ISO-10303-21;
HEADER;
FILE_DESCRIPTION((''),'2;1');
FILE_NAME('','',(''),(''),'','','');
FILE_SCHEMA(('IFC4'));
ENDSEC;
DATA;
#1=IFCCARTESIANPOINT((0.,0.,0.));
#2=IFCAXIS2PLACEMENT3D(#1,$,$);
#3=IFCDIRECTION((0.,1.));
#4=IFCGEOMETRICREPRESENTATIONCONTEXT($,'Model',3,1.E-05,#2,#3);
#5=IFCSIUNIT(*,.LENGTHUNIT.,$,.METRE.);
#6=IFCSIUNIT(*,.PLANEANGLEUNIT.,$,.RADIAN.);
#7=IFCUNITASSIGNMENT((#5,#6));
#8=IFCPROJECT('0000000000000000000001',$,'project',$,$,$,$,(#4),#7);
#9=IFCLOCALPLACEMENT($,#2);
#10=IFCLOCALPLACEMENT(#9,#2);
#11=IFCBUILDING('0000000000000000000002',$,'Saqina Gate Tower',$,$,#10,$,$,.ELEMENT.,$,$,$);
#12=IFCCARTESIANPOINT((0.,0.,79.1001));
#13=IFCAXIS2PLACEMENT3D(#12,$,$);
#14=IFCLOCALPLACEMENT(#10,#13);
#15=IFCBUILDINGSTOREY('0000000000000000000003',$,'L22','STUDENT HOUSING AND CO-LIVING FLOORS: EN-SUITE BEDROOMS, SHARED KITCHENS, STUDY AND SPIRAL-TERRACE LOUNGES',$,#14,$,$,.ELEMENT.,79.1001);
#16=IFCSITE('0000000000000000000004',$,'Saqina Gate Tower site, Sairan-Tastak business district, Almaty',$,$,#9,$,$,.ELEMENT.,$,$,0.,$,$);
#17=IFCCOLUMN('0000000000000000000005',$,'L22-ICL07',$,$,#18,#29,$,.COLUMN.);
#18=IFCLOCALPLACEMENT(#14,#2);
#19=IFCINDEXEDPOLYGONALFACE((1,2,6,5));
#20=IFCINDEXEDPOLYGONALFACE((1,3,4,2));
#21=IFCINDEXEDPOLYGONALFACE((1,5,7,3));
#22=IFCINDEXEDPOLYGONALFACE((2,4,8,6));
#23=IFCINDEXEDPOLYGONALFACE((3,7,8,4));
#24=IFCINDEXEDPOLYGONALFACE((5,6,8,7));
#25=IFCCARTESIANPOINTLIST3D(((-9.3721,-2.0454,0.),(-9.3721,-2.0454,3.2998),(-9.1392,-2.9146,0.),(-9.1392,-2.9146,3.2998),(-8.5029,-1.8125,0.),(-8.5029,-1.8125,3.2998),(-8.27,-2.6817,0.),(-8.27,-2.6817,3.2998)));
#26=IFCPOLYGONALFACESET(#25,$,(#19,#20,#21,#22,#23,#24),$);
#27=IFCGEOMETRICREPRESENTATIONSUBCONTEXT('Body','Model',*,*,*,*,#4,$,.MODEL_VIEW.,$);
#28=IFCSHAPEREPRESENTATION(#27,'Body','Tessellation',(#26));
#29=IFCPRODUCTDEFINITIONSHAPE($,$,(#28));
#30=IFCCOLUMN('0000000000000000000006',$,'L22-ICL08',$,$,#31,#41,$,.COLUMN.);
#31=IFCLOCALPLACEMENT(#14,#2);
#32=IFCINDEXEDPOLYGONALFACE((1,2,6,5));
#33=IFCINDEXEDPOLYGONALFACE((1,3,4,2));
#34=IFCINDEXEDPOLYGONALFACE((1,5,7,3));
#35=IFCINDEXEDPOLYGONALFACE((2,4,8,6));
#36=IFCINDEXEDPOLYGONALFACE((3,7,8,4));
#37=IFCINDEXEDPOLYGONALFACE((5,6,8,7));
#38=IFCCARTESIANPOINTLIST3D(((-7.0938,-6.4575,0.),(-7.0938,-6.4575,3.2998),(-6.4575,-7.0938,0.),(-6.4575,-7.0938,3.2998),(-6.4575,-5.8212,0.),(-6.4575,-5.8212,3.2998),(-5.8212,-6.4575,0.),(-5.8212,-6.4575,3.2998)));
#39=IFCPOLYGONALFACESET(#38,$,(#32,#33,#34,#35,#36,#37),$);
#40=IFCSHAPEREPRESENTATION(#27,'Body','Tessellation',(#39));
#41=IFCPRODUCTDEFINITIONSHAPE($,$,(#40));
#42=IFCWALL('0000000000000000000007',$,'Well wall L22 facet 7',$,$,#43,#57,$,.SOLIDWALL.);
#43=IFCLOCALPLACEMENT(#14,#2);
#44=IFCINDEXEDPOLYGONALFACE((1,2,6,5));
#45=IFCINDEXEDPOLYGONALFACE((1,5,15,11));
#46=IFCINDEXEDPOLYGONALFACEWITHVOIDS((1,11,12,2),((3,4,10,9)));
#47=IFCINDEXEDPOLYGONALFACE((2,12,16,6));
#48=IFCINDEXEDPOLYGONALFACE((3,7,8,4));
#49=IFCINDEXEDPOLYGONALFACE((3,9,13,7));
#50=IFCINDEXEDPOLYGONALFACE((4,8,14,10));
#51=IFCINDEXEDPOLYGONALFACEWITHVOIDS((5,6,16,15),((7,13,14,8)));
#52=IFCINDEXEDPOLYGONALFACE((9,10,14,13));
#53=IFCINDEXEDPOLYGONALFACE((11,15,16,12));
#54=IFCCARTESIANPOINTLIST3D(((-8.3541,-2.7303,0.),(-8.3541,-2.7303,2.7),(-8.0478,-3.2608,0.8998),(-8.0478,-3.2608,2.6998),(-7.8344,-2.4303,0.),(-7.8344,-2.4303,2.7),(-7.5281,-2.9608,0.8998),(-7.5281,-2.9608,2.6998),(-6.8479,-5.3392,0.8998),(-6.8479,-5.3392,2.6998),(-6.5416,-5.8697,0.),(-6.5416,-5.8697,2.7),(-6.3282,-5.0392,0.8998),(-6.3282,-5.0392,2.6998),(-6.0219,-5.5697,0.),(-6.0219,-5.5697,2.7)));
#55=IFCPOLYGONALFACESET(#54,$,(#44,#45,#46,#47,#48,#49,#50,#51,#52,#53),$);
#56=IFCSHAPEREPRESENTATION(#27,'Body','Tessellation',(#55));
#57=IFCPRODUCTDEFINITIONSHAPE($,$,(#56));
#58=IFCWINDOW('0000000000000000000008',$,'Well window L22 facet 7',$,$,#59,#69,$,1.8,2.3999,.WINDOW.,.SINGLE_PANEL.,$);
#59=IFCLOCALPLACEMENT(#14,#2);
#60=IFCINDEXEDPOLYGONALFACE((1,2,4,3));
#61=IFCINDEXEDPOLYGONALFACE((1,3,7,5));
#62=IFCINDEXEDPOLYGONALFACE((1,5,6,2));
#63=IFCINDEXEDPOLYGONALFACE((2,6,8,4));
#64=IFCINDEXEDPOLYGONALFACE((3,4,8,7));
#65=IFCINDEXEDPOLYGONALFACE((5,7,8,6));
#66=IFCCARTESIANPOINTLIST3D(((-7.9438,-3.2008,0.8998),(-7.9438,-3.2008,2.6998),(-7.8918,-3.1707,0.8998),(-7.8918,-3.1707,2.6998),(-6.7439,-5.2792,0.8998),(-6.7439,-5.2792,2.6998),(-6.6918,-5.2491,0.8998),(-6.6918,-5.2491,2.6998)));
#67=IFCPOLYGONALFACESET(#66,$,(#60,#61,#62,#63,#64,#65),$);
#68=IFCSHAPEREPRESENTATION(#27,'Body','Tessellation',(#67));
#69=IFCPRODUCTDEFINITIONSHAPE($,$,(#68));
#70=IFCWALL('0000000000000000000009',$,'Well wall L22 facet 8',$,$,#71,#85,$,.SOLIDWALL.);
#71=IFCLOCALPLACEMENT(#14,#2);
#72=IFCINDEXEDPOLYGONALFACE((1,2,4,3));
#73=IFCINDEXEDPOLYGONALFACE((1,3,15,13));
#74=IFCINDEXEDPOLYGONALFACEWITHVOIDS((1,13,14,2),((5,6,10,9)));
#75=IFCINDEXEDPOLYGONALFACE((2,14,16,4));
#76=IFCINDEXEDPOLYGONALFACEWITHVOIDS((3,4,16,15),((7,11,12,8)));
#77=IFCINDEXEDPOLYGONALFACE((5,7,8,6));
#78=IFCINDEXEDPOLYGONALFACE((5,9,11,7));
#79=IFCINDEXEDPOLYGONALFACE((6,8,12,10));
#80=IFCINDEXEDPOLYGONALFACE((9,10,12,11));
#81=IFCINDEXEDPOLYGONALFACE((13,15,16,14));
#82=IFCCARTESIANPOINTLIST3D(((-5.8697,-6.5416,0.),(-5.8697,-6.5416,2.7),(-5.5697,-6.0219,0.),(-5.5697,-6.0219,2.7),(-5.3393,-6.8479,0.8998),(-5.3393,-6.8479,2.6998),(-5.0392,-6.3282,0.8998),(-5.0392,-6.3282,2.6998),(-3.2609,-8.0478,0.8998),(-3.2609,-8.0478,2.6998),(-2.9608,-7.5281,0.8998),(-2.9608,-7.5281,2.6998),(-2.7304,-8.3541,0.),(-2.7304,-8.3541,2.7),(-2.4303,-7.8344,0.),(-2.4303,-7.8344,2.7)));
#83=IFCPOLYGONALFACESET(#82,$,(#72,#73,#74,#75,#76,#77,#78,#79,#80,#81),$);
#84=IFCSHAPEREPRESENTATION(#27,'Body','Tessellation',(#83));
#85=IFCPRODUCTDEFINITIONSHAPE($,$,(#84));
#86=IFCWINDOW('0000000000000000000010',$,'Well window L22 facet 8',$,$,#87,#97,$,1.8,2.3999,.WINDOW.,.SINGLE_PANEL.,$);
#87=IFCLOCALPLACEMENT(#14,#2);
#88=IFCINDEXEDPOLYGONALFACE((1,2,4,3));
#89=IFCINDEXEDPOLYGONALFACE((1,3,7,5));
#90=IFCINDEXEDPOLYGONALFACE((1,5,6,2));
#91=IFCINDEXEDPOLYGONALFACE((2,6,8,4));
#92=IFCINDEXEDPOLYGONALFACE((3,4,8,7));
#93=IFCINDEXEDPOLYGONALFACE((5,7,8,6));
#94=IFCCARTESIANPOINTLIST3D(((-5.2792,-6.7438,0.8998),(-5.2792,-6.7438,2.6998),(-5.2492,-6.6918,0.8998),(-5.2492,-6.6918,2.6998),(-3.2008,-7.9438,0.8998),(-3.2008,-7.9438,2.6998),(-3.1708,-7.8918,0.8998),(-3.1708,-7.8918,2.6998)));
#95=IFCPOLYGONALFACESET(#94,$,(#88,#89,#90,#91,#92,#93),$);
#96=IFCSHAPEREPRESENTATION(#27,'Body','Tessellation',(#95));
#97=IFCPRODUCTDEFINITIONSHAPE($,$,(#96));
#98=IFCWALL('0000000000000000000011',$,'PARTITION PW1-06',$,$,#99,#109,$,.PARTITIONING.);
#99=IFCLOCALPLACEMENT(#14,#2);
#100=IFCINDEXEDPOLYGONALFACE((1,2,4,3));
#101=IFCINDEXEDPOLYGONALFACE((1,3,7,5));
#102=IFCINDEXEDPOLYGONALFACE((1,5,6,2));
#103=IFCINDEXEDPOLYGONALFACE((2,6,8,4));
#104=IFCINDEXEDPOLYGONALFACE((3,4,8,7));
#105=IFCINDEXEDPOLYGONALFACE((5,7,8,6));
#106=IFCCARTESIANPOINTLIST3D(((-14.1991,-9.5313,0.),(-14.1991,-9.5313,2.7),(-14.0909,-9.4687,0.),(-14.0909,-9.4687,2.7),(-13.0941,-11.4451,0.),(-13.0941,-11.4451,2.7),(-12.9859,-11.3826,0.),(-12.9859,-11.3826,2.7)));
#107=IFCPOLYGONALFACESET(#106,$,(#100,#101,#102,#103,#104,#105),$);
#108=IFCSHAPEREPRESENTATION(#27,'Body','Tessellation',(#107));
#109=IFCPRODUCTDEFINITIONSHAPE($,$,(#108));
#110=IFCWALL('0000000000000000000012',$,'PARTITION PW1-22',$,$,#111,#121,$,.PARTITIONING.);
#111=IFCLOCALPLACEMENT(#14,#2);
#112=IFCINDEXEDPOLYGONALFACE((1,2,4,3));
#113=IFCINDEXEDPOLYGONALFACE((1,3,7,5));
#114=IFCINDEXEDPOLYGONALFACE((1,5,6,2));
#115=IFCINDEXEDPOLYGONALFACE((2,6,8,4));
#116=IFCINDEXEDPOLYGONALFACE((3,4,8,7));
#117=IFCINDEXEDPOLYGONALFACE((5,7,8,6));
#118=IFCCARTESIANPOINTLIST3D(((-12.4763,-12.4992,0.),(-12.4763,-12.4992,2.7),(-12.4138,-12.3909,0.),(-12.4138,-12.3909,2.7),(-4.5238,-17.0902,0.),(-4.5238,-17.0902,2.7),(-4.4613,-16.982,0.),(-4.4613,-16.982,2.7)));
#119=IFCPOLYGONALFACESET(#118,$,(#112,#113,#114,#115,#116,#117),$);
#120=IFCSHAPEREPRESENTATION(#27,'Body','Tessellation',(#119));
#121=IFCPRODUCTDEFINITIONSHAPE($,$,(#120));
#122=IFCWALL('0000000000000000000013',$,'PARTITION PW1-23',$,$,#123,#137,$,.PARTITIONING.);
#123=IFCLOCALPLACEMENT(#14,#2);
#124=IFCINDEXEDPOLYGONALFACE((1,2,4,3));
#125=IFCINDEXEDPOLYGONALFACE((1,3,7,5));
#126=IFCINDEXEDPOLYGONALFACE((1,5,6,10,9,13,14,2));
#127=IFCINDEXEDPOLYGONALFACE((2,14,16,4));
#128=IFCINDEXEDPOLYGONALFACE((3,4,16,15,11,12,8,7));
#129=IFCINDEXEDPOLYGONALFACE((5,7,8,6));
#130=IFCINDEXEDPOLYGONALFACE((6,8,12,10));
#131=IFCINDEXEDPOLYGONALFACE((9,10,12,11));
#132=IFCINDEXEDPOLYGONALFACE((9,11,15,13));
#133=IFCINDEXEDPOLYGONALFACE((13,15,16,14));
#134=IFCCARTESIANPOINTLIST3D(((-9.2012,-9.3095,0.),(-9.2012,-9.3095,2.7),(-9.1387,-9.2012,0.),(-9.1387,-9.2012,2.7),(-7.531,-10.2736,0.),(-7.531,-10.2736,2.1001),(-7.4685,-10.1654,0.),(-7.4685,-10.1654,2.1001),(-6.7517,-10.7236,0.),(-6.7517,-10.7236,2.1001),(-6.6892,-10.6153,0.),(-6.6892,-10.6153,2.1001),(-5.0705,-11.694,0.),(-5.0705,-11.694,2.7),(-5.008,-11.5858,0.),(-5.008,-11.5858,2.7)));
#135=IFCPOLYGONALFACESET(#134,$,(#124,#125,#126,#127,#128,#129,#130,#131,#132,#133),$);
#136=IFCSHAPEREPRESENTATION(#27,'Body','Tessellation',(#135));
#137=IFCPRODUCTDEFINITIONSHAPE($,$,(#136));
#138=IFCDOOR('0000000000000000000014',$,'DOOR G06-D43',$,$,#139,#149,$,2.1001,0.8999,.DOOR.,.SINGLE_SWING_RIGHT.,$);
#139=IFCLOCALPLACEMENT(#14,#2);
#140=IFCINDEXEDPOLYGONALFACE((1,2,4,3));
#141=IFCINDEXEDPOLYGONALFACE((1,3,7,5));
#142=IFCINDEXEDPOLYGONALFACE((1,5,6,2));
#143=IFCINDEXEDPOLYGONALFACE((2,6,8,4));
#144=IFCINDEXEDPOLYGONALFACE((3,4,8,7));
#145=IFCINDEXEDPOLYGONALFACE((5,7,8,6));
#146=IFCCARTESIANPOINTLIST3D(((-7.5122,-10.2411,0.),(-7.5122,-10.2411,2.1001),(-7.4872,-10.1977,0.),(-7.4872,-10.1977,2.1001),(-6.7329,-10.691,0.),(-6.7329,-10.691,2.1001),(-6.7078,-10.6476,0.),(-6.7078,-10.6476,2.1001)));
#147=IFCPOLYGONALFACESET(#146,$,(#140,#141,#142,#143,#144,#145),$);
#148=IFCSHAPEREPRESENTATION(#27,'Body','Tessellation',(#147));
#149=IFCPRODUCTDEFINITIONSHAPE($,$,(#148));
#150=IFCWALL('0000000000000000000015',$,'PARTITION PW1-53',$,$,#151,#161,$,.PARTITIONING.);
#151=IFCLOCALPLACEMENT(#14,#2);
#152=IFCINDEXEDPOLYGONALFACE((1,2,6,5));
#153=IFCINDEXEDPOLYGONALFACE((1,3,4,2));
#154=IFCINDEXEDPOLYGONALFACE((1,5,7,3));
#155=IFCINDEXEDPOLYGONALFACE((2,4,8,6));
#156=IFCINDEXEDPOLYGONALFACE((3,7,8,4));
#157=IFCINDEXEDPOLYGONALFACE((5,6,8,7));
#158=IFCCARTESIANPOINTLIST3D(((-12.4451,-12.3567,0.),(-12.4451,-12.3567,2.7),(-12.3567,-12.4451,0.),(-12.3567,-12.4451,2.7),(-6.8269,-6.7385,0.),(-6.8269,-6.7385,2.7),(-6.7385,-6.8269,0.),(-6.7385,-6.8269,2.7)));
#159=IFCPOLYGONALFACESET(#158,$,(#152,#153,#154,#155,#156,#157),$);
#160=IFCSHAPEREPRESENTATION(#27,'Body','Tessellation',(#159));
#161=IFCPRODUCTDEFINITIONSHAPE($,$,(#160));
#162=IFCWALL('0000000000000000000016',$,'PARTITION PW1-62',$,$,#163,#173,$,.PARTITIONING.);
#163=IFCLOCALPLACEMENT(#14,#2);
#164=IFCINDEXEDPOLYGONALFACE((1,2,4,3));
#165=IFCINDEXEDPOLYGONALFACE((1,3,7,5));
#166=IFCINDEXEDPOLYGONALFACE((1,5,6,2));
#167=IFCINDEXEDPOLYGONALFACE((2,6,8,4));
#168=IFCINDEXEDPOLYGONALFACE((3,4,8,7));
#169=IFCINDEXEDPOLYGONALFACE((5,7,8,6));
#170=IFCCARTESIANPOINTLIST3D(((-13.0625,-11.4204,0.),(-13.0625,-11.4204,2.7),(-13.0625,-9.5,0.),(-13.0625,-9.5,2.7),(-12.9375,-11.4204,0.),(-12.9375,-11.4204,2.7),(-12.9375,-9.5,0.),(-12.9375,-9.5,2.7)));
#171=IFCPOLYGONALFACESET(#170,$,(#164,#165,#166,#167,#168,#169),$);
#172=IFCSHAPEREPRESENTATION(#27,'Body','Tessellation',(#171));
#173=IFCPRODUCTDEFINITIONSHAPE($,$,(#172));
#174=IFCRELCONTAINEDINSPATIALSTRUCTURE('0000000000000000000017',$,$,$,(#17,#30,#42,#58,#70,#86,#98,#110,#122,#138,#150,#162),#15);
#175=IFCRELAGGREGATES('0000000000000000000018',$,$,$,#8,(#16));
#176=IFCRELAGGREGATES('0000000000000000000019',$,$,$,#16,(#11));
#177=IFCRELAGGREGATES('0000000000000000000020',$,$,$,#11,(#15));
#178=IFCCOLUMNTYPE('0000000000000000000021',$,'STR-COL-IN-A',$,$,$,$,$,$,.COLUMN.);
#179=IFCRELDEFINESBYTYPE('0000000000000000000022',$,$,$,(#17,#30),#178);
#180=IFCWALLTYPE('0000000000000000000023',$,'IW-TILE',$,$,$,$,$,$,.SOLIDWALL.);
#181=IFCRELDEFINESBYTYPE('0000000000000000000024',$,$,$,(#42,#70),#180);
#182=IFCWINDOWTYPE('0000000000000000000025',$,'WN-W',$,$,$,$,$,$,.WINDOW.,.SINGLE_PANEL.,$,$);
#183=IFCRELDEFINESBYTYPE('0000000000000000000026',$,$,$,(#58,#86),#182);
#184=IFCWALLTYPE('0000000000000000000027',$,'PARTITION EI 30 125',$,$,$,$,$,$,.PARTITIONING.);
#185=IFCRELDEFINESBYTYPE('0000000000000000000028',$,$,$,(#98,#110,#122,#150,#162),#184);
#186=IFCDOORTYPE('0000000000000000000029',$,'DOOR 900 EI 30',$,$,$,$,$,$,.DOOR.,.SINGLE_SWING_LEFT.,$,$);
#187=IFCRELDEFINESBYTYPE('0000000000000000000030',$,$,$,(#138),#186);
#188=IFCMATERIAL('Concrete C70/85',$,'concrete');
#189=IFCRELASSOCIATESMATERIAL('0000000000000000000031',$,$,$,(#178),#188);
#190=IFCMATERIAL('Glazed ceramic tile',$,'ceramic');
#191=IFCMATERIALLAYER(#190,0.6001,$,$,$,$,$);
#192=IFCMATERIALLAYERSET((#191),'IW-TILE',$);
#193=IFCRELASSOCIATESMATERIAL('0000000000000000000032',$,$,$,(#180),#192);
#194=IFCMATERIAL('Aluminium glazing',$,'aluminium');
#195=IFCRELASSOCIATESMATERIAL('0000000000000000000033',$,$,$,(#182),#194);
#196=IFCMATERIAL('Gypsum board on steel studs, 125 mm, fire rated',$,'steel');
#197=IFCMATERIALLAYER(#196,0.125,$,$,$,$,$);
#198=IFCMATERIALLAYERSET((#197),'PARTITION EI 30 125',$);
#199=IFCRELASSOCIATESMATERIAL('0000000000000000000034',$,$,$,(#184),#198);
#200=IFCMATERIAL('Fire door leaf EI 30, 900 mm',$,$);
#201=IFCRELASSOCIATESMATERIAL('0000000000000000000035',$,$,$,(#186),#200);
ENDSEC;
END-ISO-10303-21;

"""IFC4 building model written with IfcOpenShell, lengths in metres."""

from ifc_helpers import new_model, si_unit, direction, frame, frame_2d, origin, origin_2d, place, context, subcontext, project, spatial, rectangle, extrude, material, layer, layer_set, material_profile, profile_set, type_object, element, fill, save


model = new_model("IFC4")

# Units and contexts
model_context = context("Model", 3, precision=1e-05, world=origin(), true_north=direction((0.0, 1.0)))
body_context = subcontext(model_context, "Body", "Model", "MODEL_VIEW")
ifc_project = project(units=[si_unit("LENGTHUNIT", "METRE"), si_unit("PLANEANGLEUNIT", "RADIAN")], contexts=[model_context])

# Site, building, storey
site_placement = place(None, origin())
site = spatial("IfcSite", under=ifc_project, at=site_placement, Name="Saqina Gate Tower site, Sairan-Tastak business district, Almaty", CompositionType="ELEMENT", RefElevation=0.0)
building_placement = place(site_placement, origin())
building = spatial("IfcBuilding", under=site, at=building_placement, Name="Saqina Gate Tower", CompositionType="ELEMENT")
storey_placement = place(building_placement, frame((0.0, 0.0, 79.1001)))
storey = spatial("IfcBuildingStorey", under=building, at=storey_placement, Name="L22", Description="STUDENT HOUSING AND CO-LIVING FLOORS: EN-SUITE BEDROOMS, SHARED KITCHENS, STUDY AND SPIRAL-TERRACE LOUNGES", CompositionType="ELEMENT", Elevation=79.1001)

# Columns
ifc_material_1 = material(Name="Concrete C70/85", Category="concrete")
ifc_material_profile = material_profile(ifc_material_1, rectangle(XDim=0.8999, YDim=0.8999, at=origin_2d()), Name="RC 900x900")
ifc_profile_set = profile_set([ifc_material_profile], Name="Concrete C70/85")
column_type = type_object("IfcColumnType", Name="STR-COL-IN-A", PredefinedType="COLUMN", material=ifc_profile_set)
for number, where, z_axis, x_axis, name in (
    (1, (-8.821, -2.3635, 0.0), (0.0, 0.0, 1.0), (-0.965926, -0.258819, 0.0), "L22-ICL07"),
    (2, (-6.4575, -6.4575, 0.0), (0.0, 0.0, 1.0), (-0.707107, -0.707107, 0.0), "L22-ICL08"),
):
    element("IfcColumn", number, at=place(storey_placement, frame(where, z_axis=z_axis, x_axis=x_axis)), inside=storey, type_object=column_type, Name=name, PredefinedType="COLUMN", context=body_context, shape_type="SweptSolid", body=[
        extrude(rectangle(XDim=0.8999, YDim=0.8999, at=origin_2d()), origin(), (0.0, 0.0, 1.0), 3.2998),
    ])

# Walls, openings, windows
ifc_material_2 = material(Name="Glazed ceramic tile", Category="ceramic")
ifc_layer_1 = layer(ifc_material_2, 0.6001)
ifc_layer_set_1 = layer_set([ifc_layer_1], Name="IW-TILE")
wall_type_1 = type_object("IfcWallType", Name="IW-TILE", PredefinedType="SOLIDWALL", material=ifc_layer_set_1)
wall_1_placement = place(storey_placement, frame((-8.0942, -2.5803, 0.0), z_axis=(0.0, 0.0, 1.0), x_axis=(0.499993, -0.86603, 0.0)))
wall_1 = element("IfcWall", 3, at=wall_1_placement, inside=storey, type_object=wall_type_1, Name="Well wall L22 facet 7", PredefinedType="SOLIDWALL", context=body_context, shape_type="SweptSolid", body=[
    extrude(rectangle(XDim=3.625, YDim=0.6001, at=frame_2d((1.8125, 0.0))), origin(), (0.0, 0.0, 1.0), 2.7),
])
opening_1_placement = place(wall_1_placement, frame((0.6125, 0.0, 0.8999)))
opening_1 = element("IfcOpeningElement", 4, at=opening_1_placement, cuts=wall_1, PredefinedType="OPENING", context=body_context, shape_type="SweptSolid", body=[
    extrude(rectangle(XDim=2.3999, YDim=1.8, at=frame_2d((1.2, 0.8999))), frame((0.0, 0.312, 0.0), z_axis=(0.0, -1.0, 0.0), x_axis=(1.0, 0.0, 0.0)), (0.0, 0.0, 1.0), 0.624),
])
ifc_material_3 = material(Name="Aluminium glazing", Category="aluminium")
window_type = type_object("IfcWindowType", Name="WN-W", PartitioningType="SINGLE_PANEL", PredefinedType="WINDOW", material=ifc_material_3)
window_1_placement = place(opening_1_placement, origin())
window_1 = element("IfcWindow", 5, at=window_1_placement, inside=storey, type_object=window_type, Name="Well window L22 facet 7", OverallHeight=1.8, OverallWidth=2.3999, PartitioningType="SINGLE_PANEL", PredefinedType="WINDOW", context=body_context, shape_type="SweptSolid", body=[
    extrude(rectangle(XDim=2.3999, YDim=1.8, at=frame_2d((1.2, 0.8999))), frame((0.0, -0.1199, 0.0), z_axis=(0.0, -1.0, 0.0), x_axis=(1.0, 0.0, 0.0)), (0.0, 0.0, 1.0), 0.0601),
])
fill(opening_1, window_1)
wall_2_placement = place(storey_placement, frame((-5.7197, -6.2817, 0.0), z_axis=(0.0, 0.0, 1.0), x_axis=(0.86603, -0.499993, 0.0)))
wall_2 = element("IfcWall", 6, at=wall_2_placement, inside=storey, type_object=wall_type_1, Name="Well wall L22 facet 8", PredefinedType="SOLIDWALL", context=body_context, shape_type="SweptSolid", body=[
    extrude(rectangle(XDim=3.625, YDim=0.6001, at=frame_2d((1.8125, 0.0))), origin(), (0.0, 0.0, 1.0), 2.7),
])
opening_2_placement = place(wall_2_placement, frame((0.6125, 0.0, 0.8999)))
opening_2 = element("IfcOpeningElement", 7, at=opening_2_placement, cuts=wall_2, PredefinedType="OPENING", context=body_context, shape_type="SweptSolid", body=[
    extrude(rectangle(XDim=2.3999, YDim=1.8, at=frame_2d((1.2, 0.8999))), frame((0.0, 0.312, 0.0), z_axis=(0.0, -1.0, 0.0), x_axis=(1.0, 0.0, 0.0)), (0.0, 0.0, 1.0), 0.624),
])
window_2_placement = place(opening_2_placement, origin())
window_2 = element("IfcWindow", 8, at=window_2_placement, inside=storey, type_object=window_type, Name="Well window L22 facet 8", OverallHeight=1.8, OverallWidth=2.3999, PartitioningType="SINGLE_PANEL", PredefinedType="WINDOW", context=body_context, shape_type="SweptSolid", body=[
    extrude(rectangle(XDim=2.3999, YDim=1.8, at=frame_2d((1.2, 0.8999))), frame((0.0, -0.1199, 0.0), z_axis=(0.0, -1.0, 0.0), x_axis=(1.0, 0.0, 0.0)), (0.0, 0.0, 1.0), 0.0601),
])
fill(opening_2, window_2)

# Walls
ifc_material_4 = material(Name="Gypsum board on steel studs, 125 mm, fire rated", Category="steel")
ifc_layer_2 = layer(ifc_material_4, 0.125)
ifc_layer_set_2 = layer_set([ifc_layer_2], Name="PARTITION EI 30 125")
wall_type_2 = type_object("IfcWallType", Name="PARTITION EI 30 125", PredefinedType="PARTITIONING", material=ifc_layer_set_2)
wall_3_placement = place(storey_placement, frame((-14.145, -9.5, 0.0), z_axis=(0.0, 0.0, 1.0), x_axis=(0.500013, -0.866018, 0.0)))
element("IfcWall", 9, at=wall_3_placement, inside=storey, type_object=wall_type_2, Name="PARTITION PW1-06", PredefinedType="PARTITIONING", context=body_context, shape_type="SweptSolid", body=[
    extrude(rectangle(XDim=2.21, YDim=0.125, at=frame_2d((1.105, 0.0))), origin(), (0.0, 0.0, 1.0), 2.7),
])
wall_4_placement = place(storey_placement, frame((-12.4451, -12.4451, 0.0), z_axis=(0.0, 0.0, 1.0), x_axis=(0.866044, -0.499968, 0.0)))
element("IfcWall", 10, at=wall_4_placement, inside=storey, type_object=wall_type_2, Name="PARTITION PW1-22", PredefinedType="PARTITIONING", context=body_context, shape_type="SweptSolid", body=[
    extrude(rectangle(XDim=9.1826, YDim=0.125, at=frame_2d((4.5913, 0.0))), origin(), (0.0, 0.0, 1.0), 2.7),
])

# Wall, opening, door
wall_5_placement = place(storey_placement, frame((-9.1699, -9.2554, 0.0), z_axis=(0.0, 0.0, 1.0), x_axis=(0.866052, -0.499954, 0.0)))
wall_5 = element("IfcWall", 11, at=wall_5_placement, inside=storey, type_object=wall_type_2, Name="PARTITION PW1-23", PredefinedType="PARTITIONING", context=body_context, shape_type="SweptSolid", body=[
    extrude(rectangle(XDim=4.7695, YDim=0.125, at=frame_2d((2.3848, 0.0))), origin(), (0.0, 0.0, 1.0), 2.7),
])
opening_3_placement = place(wall_5_placement, frame((1.9285, 0.0, 0.0)))
opening_3 = element("IfcOpeningElement", 12, at=opening_3_placement, cuts=wall_5, PredefinedType="OPENING", context=body_context, shape_type="SweptSolid", body=[
    extrude(rectangle(XDim=0.8999, YDim=2.1001, at=frame_2d((0.45, 1.05))), frame((0.0, 0.0745, 0.0), z_axis=(0.0, -1.0, 0.0), x_axis=(1.0, 0.0, 0.0)), (0.0, 0.0, 1.0), 0.1489),
])
ifc_material_5 = material(Name="Fire door leaf EI 30, 900 mm")
door_type_1 = type_object("IfcDoorType", Name="DOOR 900 EI 30", OperationType="SINGLE_SWING_LEFT", PredefinedType="DOOR", material=ifc_material_5)
door_1_placement = place(opening_3_placement, frame((0.8999, 0.0, 0.0), z_axis=(0.0, 0.0, 1.0), x_axis=(-1.0, 0.0, 0.0)))
door_1 = element("IfcDoor", 13, at=door_1_placement, inside=storey, type_object=door_type_1, Name="DOOR G06-D43", OperationType="SINGLE_SWING_RIGHT", OverallHeight=2.1001, OverallWidth=0.8999, PredefinedType="DOOR", context=body_context, shape_type="SweptSolid", body=[
    extrude(rectangle(XDim=0.8999, YDim=2.1001, at=frame_2d((0.45, 1.05))), frame((0.0, 0.0249, 0.0), z_axis=(0.0, -1.0, 0.0), x_axis=(1.0, 0.0, 0.0)), (0.0, 0.0, 1.0), 0.05),
])
fill(opening_3, door_1)

# Walls
wall_6_placement = place(storey_placement, frame((-12.4009, -12.4009, 0.0), z_axis=(0.0, 0.0, 1.0), x_axis=(0.707107, 0.707107, 0.0)))
element("IfcWall", 14, at=wall_6_placement, inside=storey, type_object=wall_type_2, Name="PARTITION PW1-53", PredefinedType="PARTITIONING", context=body_context, shape_type="SweptSolid", body=[
    extrude(rectangle(XDim=7.9453, YDim=0.125, at=frame_2d((3.9727, 0.0))), origin(), (0.0, 0.0, 1.0), 2.7),
])
wall_7_placement = place(storey_placement, frame((-13.0, -11.4204, 0.0), z_axis=(0.0, 0.0, 1.0), x_axis=(0.0, 1.0, 0.0)))
element("IfcWall", 15, at=wall_7_placement, inside=storey, type_object=wall_type_2, Name="PARTITION PW1-62", PredefinedType="PARTITIONING", context=body_context, shape_type="SweptSolid", body=[
    extrude(rectangle(XDim=1.9204, YDim=0.125, at=frame_2d((0.9602, 0.0))), origin(), (0.0, 0.0, 1.0), 2.7),
])

save(model, "model.ifc")
